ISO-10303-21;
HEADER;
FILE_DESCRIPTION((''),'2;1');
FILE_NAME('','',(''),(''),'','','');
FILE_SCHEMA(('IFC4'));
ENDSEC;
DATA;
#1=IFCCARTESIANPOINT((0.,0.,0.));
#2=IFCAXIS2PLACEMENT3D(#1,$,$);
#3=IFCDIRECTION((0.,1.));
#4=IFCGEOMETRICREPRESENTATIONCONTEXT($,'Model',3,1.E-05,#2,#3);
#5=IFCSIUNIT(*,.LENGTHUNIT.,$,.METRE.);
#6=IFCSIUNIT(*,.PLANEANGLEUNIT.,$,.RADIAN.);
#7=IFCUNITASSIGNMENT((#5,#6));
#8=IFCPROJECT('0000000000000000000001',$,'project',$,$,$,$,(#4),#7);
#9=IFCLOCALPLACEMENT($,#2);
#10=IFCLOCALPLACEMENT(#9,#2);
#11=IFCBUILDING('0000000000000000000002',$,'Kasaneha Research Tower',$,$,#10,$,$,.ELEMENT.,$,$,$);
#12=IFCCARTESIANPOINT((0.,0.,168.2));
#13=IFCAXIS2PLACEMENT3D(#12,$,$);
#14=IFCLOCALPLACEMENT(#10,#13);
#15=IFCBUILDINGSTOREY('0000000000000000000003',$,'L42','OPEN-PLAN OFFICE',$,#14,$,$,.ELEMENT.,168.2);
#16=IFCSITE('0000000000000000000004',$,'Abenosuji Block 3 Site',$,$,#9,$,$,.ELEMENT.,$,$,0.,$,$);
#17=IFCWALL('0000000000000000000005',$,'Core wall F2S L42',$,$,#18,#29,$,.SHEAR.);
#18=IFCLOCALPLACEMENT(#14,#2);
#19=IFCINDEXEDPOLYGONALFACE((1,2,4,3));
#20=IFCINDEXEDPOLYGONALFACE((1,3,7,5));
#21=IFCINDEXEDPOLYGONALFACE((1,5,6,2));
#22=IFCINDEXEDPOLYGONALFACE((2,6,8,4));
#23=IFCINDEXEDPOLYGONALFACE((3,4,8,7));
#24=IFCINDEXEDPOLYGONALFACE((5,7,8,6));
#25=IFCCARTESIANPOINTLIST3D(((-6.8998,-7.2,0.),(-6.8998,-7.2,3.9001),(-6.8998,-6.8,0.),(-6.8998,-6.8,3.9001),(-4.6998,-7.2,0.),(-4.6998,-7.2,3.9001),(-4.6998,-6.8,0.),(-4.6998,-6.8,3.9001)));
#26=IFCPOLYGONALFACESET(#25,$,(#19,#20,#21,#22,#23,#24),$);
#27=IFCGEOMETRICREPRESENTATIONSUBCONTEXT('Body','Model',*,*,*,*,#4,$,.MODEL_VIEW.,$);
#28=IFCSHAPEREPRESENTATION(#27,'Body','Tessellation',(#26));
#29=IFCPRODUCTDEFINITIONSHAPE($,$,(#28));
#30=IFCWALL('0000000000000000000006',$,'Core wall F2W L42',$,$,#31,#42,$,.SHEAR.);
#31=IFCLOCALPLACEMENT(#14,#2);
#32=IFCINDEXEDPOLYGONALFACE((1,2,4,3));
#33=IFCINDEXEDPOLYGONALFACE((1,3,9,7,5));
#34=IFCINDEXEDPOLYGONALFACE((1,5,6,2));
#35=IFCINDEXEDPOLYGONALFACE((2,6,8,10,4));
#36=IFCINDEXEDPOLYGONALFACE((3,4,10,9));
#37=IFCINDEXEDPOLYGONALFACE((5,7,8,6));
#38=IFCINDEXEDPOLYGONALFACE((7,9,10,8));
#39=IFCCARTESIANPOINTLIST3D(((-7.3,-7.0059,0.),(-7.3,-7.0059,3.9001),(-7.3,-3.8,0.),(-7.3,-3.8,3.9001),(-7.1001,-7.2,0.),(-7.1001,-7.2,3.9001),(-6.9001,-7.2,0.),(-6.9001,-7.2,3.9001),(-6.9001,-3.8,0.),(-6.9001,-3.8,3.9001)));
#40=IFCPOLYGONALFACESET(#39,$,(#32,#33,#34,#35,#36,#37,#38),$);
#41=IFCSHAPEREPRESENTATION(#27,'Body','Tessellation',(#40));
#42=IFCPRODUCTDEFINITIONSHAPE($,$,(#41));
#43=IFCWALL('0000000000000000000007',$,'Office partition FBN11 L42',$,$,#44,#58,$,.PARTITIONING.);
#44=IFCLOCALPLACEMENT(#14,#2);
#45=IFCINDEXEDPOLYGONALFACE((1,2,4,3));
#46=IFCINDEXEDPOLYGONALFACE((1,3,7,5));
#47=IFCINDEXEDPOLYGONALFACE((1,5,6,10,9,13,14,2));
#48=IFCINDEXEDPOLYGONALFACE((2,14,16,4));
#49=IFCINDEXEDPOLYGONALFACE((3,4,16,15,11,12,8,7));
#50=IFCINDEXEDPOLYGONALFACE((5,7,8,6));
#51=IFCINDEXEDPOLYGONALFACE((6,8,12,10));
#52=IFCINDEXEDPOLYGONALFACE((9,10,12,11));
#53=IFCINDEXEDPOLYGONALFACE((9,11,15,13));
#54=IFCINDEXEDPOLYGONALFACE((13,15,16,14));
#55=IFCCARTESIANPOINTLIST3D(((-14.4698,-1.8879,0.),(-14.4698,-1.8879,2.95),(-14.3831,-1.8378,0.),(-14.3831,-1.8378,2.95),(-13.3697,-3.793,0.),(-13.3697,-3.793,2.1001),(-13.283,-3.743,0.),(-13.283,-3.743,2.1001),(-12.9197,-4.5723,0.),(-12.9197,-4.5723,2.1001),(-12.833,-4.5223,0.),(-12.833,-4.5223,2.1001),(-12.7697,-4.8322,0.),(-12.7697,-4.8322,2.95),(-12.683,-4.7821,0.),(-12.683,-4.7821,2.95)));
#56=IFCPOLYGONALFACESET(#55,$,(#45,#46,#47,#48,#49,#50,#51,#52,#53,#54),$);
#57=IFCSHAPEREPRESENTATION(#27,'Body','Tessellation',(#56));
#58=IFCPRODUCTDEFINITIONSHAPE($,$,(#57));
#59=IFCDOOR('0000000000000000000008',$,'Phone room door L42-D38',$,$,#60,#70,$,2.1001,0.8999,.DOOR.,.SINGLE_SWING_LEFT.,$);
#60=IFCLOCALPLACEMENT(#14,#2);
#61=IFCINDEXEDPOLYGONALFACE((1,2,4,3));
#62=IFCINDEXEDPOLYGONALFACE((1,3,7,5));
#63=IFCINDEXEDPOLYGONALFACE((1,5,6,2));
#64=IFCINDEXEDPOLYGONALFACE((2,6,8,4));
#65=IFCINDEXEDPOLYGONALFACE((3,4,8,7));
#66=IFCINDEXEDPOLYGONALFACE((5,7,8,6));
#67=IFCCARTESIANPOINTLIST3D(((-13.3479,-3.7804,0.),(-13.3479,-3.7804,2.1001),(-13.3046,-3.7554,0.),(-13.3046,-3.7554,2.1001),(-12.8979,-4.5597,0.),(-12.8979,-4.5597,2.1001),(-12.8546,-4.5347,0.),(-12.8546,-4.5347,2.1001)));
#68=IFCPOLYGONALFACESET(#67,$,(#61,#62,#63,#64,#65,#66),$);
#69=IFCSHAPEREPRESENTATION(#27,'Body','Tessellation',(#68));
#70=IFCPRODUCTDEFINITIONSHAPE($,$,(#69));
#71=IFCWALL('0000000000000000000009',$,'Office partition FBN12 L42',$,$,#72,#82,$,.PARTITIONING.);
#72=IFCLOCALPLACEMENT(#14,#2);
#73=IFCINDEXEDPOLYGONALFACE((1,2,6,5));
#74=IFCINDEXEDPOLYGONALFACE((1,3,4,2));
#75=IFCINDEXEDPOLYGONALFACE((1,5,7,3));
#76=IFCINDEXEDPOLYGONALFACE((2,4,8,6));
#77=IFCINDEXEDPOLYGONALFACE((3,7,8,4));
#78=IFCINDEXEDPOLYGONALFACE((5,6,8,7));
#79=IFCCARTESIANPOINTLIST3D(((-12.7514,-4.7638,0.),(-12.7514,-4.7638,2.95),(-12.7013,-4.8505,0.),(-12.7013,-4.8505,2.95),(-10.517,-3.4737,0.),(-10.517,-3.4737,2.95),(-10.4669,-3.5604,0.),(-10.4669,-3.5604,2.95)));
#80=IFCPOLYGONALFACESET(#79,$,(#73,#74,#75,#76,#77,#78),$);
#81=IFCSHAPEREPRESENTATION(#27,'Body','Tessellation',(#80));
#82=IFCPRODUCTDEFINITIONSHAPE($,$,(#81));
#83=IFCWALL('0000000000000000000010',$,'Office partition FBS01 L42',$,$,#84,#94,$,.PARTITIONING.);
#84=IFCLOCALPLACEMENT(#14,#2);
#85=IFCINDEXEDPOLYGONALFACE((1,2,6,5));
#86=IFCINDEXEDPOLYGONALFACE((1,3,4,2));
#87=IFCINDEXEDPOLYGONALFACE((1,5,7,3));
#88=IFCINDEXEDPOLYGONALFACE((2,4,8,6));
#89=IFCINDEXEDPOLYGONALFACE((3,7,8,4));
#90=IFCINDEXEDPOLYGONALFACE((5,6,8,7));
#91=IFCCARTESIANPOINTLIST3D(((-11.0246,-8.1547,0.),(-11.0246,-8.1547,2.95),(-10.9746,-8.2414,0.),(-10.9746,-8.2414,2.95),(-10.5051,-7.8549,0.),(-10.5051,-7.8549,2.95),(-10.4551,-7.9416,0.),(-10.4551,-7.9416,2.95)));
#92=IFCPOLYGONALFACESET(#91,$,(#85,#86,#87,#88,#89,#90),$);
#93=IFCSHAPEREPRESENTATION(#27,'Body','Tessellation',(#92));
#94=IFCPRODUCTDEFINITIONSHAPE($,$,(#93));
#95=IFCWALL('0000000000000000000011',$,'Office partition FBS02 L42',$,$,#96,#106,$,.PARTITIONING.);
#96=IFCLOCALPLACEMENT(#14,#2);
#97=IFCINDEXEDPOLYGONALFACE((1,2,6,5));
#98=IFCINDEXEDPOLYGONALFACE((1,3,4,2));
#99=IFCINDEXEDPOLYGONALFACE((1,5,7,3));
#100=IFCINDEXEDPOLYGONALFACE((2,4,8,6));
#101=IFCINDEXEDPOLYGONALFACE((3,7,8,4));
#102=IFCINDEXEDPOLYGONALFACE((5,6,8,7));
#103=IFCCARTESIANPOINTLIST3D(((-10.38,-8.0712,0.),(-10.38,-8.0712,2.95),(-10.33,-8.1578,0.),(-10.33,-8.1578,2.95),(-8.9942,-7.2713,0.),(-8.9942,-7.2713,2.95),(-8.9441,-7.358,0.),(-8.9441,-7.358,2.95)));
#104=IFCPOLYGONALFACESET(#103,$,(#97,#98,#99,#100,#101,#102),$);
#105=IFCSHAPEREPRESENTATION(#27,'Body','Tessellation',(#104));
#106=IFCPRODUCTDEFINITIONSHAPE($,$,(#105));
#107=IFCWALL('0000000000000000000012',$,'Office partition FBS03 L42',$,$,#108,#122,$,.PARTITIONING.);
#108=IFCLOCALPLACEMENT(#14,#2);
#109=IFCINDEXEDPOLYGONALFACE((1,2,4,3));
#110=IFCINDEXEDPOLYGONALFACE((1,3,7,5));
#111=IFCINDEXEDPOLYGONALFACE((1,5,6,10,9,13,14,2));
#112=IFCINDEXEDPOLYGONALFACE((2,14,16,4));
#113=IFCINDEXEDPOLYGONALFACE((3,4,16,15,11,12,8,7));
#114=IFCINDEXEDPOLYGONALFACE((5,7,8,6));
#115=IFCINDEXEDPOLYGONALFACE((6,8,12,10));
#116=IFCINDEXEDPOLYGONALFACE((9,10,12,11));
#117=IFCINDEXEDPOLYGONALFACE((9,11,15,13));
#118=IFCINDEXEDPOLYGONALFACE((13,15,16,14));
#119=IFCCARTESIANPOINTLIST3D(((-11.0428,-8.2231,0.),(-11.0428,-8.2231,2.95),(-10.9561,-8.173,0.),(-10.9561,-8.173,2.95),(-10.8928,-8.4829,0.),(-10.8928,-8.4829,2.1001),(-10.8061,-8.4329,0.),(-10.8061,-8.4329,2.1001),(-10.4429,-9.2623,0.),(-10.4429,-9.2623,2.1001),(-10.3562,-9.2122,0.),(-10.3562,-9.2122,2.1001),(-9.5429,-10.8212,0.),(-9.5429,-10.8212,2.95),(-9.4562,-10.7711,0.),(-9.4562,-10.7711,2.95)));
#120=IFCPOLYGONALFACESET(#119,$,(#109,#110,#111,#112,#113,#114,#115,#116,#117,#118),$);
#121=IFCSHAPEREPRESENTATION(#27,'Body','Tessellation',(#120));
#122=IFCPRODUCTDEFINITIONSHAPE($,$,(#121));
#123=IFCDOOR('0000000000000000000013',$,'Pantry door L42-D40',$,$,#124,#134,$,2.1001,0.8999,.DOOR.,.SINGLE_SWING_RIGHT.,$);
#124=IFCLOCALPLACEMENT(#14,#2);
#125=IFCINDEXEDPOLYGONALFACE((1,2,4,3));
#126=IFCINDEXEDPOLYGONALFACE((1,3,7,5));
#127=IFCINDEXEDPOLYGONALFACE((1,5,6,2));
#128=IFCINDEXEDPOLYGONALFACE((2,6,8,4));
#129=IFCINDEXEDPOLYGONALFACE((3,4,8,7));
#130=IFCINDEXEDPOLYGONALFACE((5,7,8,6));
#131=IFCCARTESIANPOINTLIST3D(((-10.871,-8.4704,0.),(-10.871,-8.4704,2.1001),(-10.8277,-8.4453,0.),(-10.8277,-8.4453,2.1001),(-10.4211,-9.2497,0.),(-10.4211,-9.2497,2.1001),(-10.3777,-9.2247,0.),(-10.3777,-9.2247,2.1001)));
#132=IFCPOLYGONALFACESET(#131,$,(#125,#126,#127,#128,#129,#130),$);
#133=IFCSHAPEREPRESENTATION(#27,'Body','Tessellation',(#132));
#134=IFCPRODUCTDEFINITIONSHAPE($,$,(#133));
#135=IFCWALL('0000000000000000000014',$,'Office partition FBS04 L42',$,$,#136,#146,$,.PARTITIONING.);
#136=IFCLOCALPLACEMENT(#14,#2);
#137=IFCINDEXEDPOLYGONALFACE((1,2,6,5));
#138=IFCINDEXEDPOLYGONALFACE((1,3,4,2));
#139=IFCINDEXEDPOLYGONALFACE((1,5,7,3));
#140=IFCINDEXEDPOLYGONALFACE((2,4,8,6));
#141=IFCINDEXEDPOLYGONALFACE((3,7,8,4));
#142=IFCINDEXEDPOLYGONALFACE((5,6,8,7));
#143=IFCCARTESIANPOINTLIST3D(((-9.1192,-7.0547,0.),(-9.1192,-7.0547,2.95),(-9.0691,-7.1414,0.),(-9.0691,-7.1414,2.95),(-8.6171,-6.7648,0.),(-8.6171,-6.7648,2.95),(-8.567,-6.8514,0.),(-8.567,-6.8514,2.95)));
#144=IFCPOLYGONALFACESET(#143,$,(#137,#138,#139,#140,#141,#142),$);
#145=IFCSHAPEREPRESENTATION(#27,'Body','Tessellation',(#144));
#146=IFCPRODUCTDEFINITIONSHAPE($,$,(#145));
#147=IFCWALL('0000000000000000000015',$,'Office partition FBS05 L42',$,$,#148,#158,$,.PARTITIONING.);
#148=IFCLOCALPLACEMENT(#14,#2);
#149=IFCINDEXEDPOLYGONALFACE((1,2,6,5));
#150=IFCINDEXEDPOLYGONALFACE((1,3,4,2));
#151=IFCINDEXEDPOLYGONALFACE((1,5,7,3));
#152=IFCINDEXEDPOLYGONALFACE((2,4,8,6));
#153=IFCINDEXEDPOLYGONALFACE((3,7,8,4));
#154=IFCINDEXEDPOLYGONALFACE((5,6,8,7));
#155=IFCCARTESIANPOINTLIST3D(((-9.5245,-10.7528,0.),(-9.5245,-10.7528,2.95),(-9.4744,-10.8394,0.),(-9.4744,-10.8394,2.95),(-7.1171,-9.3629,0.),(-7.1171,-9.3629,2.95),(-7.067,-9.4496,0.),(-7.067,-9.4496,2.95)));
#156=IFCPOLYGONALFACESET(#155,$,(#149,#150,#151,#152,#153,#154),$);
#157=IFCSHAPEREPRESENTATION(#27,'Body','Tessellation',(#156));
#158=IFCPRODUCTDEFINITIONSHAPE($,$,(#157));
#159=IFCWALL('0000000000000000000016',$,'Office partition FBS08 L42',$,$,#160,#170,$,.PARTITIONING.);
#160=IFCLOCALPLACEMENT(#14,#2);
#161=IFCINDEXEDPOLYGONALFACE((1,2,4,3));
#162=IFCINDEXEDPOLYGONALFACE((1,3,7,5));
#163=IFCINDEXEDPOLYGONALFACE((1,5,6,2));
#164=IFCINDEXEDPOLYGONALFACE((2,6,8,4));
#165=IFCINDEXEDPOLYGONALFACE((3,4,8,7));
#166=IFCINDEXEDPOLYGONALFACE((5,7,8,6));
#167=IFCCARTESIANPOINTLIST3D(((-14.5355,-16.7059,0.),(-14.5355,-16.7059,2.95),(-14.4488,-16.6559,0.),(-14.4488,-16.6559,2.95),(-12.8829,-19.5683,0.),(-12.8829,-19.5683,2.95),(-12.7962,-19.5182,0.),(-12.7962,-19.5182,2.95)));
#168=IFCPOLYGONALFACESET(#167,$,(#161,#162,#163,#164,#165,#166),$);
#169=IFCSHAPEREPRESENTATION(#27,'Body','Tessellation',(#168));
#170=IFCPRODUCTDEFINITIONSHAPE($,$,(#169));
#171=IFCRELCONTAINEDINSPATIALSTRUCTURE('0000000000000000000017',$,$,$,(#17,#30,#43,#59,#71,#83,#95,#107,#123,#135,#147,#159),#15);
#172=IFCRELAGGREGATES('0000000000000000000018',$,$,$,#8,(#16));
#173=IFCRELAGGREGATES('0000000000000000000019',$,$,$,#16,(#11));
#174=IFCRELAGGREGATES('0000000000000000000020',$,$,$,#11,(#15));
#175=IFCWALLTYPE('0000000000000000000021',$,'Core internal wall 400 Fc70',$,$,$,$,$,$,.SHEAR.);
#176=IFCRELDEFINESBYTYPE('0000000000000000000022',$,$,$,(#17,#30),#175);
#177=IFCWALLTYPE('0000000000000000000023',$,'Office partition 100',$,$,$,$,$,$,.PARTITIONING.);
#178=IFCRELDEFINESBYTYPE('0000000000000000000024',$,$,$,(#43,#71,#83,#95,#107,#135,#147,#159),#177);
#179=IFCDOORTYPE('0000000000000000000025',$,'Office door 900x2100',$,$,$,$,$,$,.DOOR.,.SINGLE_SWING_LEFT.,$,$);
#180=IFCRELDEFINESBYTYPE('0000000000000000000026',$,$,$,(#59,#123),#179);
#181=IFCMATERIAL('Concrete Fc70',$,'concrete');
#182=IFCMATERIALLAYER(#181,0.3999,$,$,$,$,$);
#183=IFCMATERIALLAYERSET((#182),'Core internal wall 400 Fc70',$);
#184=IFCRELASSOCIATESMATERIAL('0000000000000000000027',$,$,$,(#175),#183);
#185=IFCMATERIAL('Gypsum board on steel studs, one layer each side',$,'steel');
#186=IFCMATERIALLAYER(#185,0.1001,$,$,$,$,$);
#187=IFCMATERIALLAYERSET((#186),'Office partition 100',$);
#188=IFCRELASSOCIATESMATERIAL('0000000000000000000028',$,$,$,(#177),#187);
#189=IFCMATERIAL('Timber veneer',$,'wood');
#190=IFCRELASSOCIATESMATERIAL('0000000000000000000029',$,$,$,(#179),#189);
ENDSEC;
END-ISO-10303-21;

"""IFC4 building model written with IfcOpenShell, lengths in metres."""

from ifc_helpers import new_model, si_unit, direction, frame, frame_2d, origin, place, context, subcontext, project, spatial, polyline, rectangle, outline, extrude, material, layer, layer_set, type_object, element, fill, save


model = new_model("IFC4")

# Units and contexts
model_context = context("Model", 3, precision=1e-05, world=origin(), true_north=direction((0.0, 1.0)))
body_context = subcontext(model_context, "Body", "Model", "MODEL_VIEW")
ifc_project = project(units=[si_unit("LENGTHUNIT", "METRE"), si_unit("PLANEANGLEUNIT", "RADIAN")], contexts=[model_context])

# Site, building, storey
site_placement = place(None, origin())
site = spatial("IfcSite", under=ifc_project, at=site_placement, Name="Abenosuji Block 3 Site", CompositionType="ELEMENT", RefElevation=0.0)
building_placement = place(site_placement, origin())
building = spatial("IfcBuilding", under=site, at=building_placement, Name="Kasaneha Research Tower", CompositionType="ELEMENT")
storey_placement = place(building_placement, frame((0.0, 0.0, 168.2)))
storey = spatial("IfcBuildingStorey", under=building, at=storey_placement, Name="L42", Description="OPEN-PLAN OFFICE", CompositionType="ELEMENT", Elevation=168.2)

# Shared definitions
ifc_material_1 = material(Name="Concrete Fc70", Category="concrete")
ifc_layer_1 = layer(ifc_material_1, 0.3999)
ifc_layer_set_1 = layer_set([ifc_layer_1], Name="Core internal wall 400 Fc70")
wall_type_1 = type_object("IfcWallType", Name="Core internal wall 400 Fc70", PredefinedType="SHEAR", material=ifc_layer_set_1)

# Walls
wall_1_placement = place(storey_placement, frame((-6.8999, -7.0, 0.0), z_axis=(0.0, 0.0, 1.0), x_axis=(1.0, 0.0, 0.0)))
element("IfcWall", 1, at=wall_1_placement, inside=storey, type_object=wall_type_1, Name="Core wall F2S L42", PredefinedType="SHEAR", context=body_context, shape_type="SweptSolid", body=[
    extrude(rectangle(XDim=2.2, YDim=0.3999, at=frame_2d((1.1001, 0.0))), origin(), (0.0, 0.0, 1.0), 3.9001),
])
wall_2_placement = place(storey_placement, frame((-7.1001, -3.8, 0.0), z_axis=(0.0, 0.0, 1.0), x_axis=(0.0, -1.0, 0.0)))
element("IfcWall", 2, at=wall_2_placement, inside=storey, type_object=wall_type_1, Name="Core wall F2W L42", PredefinedType="SHEAR", context=body_context, shape_type="SweptSolid", body=[
    extrude(outline(polyline([(0.0, -0.2), (3.2058, -0.2), (3.3999, 0.0), (3.3999, 0.2), (0.0, 0.2), (0.0, -0.2)])), origin(), (0.0, 0.0, 1.0), 3.9001),
])

# Wall, opening, door
ifc_material_2 = material(Name="Gypsum board on steel studs, one layer each side", Category="steel")
ifc_layer_2 = layer(ifc_material_2, 0.1001)
ifc_layer_set_2 = layer_set([ifc_layer_2], Name="Office partition 100")
wall_type_2 = type_object("IfcWallType", Name="Office partition 100", PredefinedType="PARTITIONING", material=ifc_layer_set_2)
wall_3_placement = place(storey_placement, frame((-12.7263, -4.8071, 0.0), z_axis=(0.0, 0.0, 1.0), x_axis=(-0.500062, 0.865989, 0.0)))
wall_3 = element("IfcWall", 3, at=wall_3_placement, inside=storey, type_object=wall_type_2, Name="Office partition FBN11 L42", PredefinedType="PARTITIONING", context=body_context, shape_type="SweptSolid", body=[
    extrude(rectangle(XDim=3.3999, YDim=0.1001, at=frame_2d((1.7, 0.0))), origin(), (0.0, 0.0, 1.0), 2.95),
])
opening_1_placement = place(wall_3_placement, frame((0.3, 0.0, 0.0)))
opening_1 = element("IfcOpeningElement", 4, at=opening_1_placement, cuts=wall_3, PredefinedType="OPENING", context=body_context, shape_type="SweptSolid", body=[
    extrude(rectangle(XDim=0.8999, YDim=2.1001, at=frame_2d((0.45, 1.05))), frame((0.0, 0.0601, 0.0), z_axis=(0.0, -1.0, 0.0), x_axis=(1.0, 0.0, 0.0)), (0.0, 0.0, 1.0), 0.1201),
])
ifc_material_3 = material(Name="Timber veneer", Category="wood")
door_type_1 = type_object("IfcDoorType", Name="Office door 900x2100", OperationType="SINGLE_SWING_LEFT", PredefinedType="DOOR", material=ifc_material_3)
door_1_placement = place(opening_1_placement, origin())
door_1 = element("IfcDoor", 5, at=door_1_placement, inside=storey, type_object=door_type_1, Name="Phone room door L42-D38", OperationType="SINGLE_SWING_LEFT", OverallHeight=2.1001, OverallWidth=0.8999, PredefinedType="DOOR", context=body_context, shape_type="SweptSolid", body=[
    extrude(rectangle(XDim=0.8999, YDim=2.1001, at=frame_2d((0.45, 1.05))), frame((0.0, 0.0249, 0.0), z_axis=(0.0, -1.0, 0.0), x_axis=(1.0, 0.0, 0.0)), (0.0, 0.0, 1.0), 0.05),
])
fill(opening_1, door_1)

# Walls
wall_4_placement = place(storey_placement, frame((-10.4919, -3.5171, 0.0), z_axis=(0.0, 0.0, 1.0), x_axis=(-0.866022, -0.500006, 0.0)))
element("IfcWall", 6, at=wall_4_placement, inside=storey, type_object=wall_type_2, Name="Office partition FBN12 L42", PredefinedType="PARTITIONING", context=body_context, shape_type="SweptSolid", body=[
    extrude(rectangle(XDim=2.5801, YDim=0.1001, at=frame_2d((1.29, 0.0))), origin(), (0.0, 0.0, 1.0), 2.95),
])
wall_5_placement = place(storey_placement, frame((-10.9995, -8.198, 0.0), z_axis=(0.0, 0.0, 1.0), x_axis=(0.866131, 0.499816, 0.0)))
element("IfcWall", 7, at=wall_5_placement, inside=storey, type_object=wall_type_2, Name="Office partition FBS01 L42", PredefinedType="PARTITIONING", context=body_context, shape_type="SweptSolid", body=[
    extrude(rectangle(XDim=0.5999, YDim=0.1001, at=frame_2d((0.2998, 0.0))), origin(), (0.0, 0.0, 1.0), 2.95),
])
wall_6_placement = place(storey_placement, frame((-10.355, -8.1145, 0.0), z_axis=(0.0, 0.0, 1.0), x_axis=(0.866094, 0.499881, 0.0)))
element("IfcWall", 8, at=wall_6_placement, inside=storey, type_object=wall_type_2, Name="Office partition FBS02 L42", PredefinedType="PARTITIONING", context=body_context, shape_type="SweptSolid", body=[
    extrude(rectangle(XDim=1.6001, YDim=0.1001, at=frame_2d((0.8, 0.0))), origin(), (0.0, 0.0, 1.0), 2.95),
])

# Wall, opening, door
wall_7_placement = place(storey_placement, frame((-9.4995, -10.7961, 0.0), z_axis=(0.0, 0.0, 1.0), x_axis=(-0.49999, 0.866031, 0.0)))
wall_7 = element("IfcWall", 9, at=wall_7_placement, inside=storey, type_object=wall_type_2, Name="Office partition FBS03 L42", PredefinedType="PARTITIONING", context=body_context, shape_type="SweptSolid", body=[
    extrude(rectangle(XDim=3.0, YDim=0.1001, at=frame_2d((1.5, 0.0))), origin(), (0.0, 0.0, 1.0), 2.95),
])
opening_2_placement = place(wall_7_placement, frame((1.8, 0.0, 0.0)))
opening_2 = element("IfcOpeningElement", 10, at=opening_2_placement, cuts=wall_7, PredefinedType="OPENING", context=body_context, shape_type="SweptSolid", body=[
    extrude(rectangle(XDim=0.8999, YDim=2.1001, at=frame_2d((0.45, 1.05))), frame((0.0, 0.0601, 0.0), z_axis=(0.0, -1.0, 0.0), x_axis=(1.0, 0.0, 0.0)), (0.0, 0.0, 1.0), 0.1201),
])
door_2_placement = place(opening_2_placement, origin())
door_2 = element("IfcDoor", 11, at=door_2_placement, inside=storey, type_object=door_type_1, Name="Pantry door L42-D40", OperationType="SINGLE_SWING_RIGHT", OverallHeight=2.1001, OverallWidth=0.8999, PredefinedType="DOOR", context=body_context, shape_type="SweptSolid", body=[
    extrude(rectangle(XDim=0.8999, YDim=2.1001, at=frame_2d((0.45, 1.05))), frame((0.0, 0.0249, 0.0), z_axis=(0.0, -1.0, 0.0), x_axis=(1.0, 0.0, 0.0)), (0.0, 0.0, 1.0), 0.05),
])
fill(opening_2, door_2)

# Walls
wall_8_placement = place(storey_placement, frame((-9.0942, -7.0981, 0.0), z_axis=(0.0, 0.0, 1.0), x_axis=(0.865954, 0.500123, 0.0)))
element("IfcWall", 12, at=wall_8_placement, inside=storey, type_object=wall_type_2, Name="Office partition FBS04 L42", PredefinedType="PARTITIONING", context=body_context, shape_type="SweptSolid", body=[
    extrude(rectangle(XDim=0.5798, YDim=0.1001, at=frame_2d((0.29, 0.0))), origin(), (0.0, 0.0, 1.0), 2.95),
])
wall_9_placement = place(storey_placement, frame((-7.092, -9.4062, 0.0), z_axis=(0.0, 0.0, 1.0), x_axis=(-0.866035, -0.499983, 0.0)))
element("IfcWall", 13, at=wall_9_placement, inside=storey, type_object=wall_type_2, Name="Office partition FBS05 L42", PredefinedType="PARTITIONING", context=body_context, shape_type="SweptSolid", body=[
    extrude(rectangle(XDim=2.7798, YDim=0.1001, at=frame_2d((1.3899, 0.0))), origin(), (0.0, 0.0, 1.0), 2.95),
])
wall_10_placement = place(storey_placement, frame((-14.4922, -16.6809, 0.0), z_axis=(0.0, 0.0, 1.0), x_axis=(0.500008, -0.866021, 0.0)))
element("IfcWall", 14, at=wall_10_placement, inside=storey, type_object=wall_type_2, Name="Office partition FBS08 L42", PredefinedType="PARTITIONING", context=body_context, shape_type="SweptSolid", body=[
    extrude(rectangle(XDim=3.3052, YDim=0.1001, at=frame_2d((1.6526, 0.0))), origin(), (0.0, 0.0, 1.0), 2.95),
])

save(model, "model.ifc")
